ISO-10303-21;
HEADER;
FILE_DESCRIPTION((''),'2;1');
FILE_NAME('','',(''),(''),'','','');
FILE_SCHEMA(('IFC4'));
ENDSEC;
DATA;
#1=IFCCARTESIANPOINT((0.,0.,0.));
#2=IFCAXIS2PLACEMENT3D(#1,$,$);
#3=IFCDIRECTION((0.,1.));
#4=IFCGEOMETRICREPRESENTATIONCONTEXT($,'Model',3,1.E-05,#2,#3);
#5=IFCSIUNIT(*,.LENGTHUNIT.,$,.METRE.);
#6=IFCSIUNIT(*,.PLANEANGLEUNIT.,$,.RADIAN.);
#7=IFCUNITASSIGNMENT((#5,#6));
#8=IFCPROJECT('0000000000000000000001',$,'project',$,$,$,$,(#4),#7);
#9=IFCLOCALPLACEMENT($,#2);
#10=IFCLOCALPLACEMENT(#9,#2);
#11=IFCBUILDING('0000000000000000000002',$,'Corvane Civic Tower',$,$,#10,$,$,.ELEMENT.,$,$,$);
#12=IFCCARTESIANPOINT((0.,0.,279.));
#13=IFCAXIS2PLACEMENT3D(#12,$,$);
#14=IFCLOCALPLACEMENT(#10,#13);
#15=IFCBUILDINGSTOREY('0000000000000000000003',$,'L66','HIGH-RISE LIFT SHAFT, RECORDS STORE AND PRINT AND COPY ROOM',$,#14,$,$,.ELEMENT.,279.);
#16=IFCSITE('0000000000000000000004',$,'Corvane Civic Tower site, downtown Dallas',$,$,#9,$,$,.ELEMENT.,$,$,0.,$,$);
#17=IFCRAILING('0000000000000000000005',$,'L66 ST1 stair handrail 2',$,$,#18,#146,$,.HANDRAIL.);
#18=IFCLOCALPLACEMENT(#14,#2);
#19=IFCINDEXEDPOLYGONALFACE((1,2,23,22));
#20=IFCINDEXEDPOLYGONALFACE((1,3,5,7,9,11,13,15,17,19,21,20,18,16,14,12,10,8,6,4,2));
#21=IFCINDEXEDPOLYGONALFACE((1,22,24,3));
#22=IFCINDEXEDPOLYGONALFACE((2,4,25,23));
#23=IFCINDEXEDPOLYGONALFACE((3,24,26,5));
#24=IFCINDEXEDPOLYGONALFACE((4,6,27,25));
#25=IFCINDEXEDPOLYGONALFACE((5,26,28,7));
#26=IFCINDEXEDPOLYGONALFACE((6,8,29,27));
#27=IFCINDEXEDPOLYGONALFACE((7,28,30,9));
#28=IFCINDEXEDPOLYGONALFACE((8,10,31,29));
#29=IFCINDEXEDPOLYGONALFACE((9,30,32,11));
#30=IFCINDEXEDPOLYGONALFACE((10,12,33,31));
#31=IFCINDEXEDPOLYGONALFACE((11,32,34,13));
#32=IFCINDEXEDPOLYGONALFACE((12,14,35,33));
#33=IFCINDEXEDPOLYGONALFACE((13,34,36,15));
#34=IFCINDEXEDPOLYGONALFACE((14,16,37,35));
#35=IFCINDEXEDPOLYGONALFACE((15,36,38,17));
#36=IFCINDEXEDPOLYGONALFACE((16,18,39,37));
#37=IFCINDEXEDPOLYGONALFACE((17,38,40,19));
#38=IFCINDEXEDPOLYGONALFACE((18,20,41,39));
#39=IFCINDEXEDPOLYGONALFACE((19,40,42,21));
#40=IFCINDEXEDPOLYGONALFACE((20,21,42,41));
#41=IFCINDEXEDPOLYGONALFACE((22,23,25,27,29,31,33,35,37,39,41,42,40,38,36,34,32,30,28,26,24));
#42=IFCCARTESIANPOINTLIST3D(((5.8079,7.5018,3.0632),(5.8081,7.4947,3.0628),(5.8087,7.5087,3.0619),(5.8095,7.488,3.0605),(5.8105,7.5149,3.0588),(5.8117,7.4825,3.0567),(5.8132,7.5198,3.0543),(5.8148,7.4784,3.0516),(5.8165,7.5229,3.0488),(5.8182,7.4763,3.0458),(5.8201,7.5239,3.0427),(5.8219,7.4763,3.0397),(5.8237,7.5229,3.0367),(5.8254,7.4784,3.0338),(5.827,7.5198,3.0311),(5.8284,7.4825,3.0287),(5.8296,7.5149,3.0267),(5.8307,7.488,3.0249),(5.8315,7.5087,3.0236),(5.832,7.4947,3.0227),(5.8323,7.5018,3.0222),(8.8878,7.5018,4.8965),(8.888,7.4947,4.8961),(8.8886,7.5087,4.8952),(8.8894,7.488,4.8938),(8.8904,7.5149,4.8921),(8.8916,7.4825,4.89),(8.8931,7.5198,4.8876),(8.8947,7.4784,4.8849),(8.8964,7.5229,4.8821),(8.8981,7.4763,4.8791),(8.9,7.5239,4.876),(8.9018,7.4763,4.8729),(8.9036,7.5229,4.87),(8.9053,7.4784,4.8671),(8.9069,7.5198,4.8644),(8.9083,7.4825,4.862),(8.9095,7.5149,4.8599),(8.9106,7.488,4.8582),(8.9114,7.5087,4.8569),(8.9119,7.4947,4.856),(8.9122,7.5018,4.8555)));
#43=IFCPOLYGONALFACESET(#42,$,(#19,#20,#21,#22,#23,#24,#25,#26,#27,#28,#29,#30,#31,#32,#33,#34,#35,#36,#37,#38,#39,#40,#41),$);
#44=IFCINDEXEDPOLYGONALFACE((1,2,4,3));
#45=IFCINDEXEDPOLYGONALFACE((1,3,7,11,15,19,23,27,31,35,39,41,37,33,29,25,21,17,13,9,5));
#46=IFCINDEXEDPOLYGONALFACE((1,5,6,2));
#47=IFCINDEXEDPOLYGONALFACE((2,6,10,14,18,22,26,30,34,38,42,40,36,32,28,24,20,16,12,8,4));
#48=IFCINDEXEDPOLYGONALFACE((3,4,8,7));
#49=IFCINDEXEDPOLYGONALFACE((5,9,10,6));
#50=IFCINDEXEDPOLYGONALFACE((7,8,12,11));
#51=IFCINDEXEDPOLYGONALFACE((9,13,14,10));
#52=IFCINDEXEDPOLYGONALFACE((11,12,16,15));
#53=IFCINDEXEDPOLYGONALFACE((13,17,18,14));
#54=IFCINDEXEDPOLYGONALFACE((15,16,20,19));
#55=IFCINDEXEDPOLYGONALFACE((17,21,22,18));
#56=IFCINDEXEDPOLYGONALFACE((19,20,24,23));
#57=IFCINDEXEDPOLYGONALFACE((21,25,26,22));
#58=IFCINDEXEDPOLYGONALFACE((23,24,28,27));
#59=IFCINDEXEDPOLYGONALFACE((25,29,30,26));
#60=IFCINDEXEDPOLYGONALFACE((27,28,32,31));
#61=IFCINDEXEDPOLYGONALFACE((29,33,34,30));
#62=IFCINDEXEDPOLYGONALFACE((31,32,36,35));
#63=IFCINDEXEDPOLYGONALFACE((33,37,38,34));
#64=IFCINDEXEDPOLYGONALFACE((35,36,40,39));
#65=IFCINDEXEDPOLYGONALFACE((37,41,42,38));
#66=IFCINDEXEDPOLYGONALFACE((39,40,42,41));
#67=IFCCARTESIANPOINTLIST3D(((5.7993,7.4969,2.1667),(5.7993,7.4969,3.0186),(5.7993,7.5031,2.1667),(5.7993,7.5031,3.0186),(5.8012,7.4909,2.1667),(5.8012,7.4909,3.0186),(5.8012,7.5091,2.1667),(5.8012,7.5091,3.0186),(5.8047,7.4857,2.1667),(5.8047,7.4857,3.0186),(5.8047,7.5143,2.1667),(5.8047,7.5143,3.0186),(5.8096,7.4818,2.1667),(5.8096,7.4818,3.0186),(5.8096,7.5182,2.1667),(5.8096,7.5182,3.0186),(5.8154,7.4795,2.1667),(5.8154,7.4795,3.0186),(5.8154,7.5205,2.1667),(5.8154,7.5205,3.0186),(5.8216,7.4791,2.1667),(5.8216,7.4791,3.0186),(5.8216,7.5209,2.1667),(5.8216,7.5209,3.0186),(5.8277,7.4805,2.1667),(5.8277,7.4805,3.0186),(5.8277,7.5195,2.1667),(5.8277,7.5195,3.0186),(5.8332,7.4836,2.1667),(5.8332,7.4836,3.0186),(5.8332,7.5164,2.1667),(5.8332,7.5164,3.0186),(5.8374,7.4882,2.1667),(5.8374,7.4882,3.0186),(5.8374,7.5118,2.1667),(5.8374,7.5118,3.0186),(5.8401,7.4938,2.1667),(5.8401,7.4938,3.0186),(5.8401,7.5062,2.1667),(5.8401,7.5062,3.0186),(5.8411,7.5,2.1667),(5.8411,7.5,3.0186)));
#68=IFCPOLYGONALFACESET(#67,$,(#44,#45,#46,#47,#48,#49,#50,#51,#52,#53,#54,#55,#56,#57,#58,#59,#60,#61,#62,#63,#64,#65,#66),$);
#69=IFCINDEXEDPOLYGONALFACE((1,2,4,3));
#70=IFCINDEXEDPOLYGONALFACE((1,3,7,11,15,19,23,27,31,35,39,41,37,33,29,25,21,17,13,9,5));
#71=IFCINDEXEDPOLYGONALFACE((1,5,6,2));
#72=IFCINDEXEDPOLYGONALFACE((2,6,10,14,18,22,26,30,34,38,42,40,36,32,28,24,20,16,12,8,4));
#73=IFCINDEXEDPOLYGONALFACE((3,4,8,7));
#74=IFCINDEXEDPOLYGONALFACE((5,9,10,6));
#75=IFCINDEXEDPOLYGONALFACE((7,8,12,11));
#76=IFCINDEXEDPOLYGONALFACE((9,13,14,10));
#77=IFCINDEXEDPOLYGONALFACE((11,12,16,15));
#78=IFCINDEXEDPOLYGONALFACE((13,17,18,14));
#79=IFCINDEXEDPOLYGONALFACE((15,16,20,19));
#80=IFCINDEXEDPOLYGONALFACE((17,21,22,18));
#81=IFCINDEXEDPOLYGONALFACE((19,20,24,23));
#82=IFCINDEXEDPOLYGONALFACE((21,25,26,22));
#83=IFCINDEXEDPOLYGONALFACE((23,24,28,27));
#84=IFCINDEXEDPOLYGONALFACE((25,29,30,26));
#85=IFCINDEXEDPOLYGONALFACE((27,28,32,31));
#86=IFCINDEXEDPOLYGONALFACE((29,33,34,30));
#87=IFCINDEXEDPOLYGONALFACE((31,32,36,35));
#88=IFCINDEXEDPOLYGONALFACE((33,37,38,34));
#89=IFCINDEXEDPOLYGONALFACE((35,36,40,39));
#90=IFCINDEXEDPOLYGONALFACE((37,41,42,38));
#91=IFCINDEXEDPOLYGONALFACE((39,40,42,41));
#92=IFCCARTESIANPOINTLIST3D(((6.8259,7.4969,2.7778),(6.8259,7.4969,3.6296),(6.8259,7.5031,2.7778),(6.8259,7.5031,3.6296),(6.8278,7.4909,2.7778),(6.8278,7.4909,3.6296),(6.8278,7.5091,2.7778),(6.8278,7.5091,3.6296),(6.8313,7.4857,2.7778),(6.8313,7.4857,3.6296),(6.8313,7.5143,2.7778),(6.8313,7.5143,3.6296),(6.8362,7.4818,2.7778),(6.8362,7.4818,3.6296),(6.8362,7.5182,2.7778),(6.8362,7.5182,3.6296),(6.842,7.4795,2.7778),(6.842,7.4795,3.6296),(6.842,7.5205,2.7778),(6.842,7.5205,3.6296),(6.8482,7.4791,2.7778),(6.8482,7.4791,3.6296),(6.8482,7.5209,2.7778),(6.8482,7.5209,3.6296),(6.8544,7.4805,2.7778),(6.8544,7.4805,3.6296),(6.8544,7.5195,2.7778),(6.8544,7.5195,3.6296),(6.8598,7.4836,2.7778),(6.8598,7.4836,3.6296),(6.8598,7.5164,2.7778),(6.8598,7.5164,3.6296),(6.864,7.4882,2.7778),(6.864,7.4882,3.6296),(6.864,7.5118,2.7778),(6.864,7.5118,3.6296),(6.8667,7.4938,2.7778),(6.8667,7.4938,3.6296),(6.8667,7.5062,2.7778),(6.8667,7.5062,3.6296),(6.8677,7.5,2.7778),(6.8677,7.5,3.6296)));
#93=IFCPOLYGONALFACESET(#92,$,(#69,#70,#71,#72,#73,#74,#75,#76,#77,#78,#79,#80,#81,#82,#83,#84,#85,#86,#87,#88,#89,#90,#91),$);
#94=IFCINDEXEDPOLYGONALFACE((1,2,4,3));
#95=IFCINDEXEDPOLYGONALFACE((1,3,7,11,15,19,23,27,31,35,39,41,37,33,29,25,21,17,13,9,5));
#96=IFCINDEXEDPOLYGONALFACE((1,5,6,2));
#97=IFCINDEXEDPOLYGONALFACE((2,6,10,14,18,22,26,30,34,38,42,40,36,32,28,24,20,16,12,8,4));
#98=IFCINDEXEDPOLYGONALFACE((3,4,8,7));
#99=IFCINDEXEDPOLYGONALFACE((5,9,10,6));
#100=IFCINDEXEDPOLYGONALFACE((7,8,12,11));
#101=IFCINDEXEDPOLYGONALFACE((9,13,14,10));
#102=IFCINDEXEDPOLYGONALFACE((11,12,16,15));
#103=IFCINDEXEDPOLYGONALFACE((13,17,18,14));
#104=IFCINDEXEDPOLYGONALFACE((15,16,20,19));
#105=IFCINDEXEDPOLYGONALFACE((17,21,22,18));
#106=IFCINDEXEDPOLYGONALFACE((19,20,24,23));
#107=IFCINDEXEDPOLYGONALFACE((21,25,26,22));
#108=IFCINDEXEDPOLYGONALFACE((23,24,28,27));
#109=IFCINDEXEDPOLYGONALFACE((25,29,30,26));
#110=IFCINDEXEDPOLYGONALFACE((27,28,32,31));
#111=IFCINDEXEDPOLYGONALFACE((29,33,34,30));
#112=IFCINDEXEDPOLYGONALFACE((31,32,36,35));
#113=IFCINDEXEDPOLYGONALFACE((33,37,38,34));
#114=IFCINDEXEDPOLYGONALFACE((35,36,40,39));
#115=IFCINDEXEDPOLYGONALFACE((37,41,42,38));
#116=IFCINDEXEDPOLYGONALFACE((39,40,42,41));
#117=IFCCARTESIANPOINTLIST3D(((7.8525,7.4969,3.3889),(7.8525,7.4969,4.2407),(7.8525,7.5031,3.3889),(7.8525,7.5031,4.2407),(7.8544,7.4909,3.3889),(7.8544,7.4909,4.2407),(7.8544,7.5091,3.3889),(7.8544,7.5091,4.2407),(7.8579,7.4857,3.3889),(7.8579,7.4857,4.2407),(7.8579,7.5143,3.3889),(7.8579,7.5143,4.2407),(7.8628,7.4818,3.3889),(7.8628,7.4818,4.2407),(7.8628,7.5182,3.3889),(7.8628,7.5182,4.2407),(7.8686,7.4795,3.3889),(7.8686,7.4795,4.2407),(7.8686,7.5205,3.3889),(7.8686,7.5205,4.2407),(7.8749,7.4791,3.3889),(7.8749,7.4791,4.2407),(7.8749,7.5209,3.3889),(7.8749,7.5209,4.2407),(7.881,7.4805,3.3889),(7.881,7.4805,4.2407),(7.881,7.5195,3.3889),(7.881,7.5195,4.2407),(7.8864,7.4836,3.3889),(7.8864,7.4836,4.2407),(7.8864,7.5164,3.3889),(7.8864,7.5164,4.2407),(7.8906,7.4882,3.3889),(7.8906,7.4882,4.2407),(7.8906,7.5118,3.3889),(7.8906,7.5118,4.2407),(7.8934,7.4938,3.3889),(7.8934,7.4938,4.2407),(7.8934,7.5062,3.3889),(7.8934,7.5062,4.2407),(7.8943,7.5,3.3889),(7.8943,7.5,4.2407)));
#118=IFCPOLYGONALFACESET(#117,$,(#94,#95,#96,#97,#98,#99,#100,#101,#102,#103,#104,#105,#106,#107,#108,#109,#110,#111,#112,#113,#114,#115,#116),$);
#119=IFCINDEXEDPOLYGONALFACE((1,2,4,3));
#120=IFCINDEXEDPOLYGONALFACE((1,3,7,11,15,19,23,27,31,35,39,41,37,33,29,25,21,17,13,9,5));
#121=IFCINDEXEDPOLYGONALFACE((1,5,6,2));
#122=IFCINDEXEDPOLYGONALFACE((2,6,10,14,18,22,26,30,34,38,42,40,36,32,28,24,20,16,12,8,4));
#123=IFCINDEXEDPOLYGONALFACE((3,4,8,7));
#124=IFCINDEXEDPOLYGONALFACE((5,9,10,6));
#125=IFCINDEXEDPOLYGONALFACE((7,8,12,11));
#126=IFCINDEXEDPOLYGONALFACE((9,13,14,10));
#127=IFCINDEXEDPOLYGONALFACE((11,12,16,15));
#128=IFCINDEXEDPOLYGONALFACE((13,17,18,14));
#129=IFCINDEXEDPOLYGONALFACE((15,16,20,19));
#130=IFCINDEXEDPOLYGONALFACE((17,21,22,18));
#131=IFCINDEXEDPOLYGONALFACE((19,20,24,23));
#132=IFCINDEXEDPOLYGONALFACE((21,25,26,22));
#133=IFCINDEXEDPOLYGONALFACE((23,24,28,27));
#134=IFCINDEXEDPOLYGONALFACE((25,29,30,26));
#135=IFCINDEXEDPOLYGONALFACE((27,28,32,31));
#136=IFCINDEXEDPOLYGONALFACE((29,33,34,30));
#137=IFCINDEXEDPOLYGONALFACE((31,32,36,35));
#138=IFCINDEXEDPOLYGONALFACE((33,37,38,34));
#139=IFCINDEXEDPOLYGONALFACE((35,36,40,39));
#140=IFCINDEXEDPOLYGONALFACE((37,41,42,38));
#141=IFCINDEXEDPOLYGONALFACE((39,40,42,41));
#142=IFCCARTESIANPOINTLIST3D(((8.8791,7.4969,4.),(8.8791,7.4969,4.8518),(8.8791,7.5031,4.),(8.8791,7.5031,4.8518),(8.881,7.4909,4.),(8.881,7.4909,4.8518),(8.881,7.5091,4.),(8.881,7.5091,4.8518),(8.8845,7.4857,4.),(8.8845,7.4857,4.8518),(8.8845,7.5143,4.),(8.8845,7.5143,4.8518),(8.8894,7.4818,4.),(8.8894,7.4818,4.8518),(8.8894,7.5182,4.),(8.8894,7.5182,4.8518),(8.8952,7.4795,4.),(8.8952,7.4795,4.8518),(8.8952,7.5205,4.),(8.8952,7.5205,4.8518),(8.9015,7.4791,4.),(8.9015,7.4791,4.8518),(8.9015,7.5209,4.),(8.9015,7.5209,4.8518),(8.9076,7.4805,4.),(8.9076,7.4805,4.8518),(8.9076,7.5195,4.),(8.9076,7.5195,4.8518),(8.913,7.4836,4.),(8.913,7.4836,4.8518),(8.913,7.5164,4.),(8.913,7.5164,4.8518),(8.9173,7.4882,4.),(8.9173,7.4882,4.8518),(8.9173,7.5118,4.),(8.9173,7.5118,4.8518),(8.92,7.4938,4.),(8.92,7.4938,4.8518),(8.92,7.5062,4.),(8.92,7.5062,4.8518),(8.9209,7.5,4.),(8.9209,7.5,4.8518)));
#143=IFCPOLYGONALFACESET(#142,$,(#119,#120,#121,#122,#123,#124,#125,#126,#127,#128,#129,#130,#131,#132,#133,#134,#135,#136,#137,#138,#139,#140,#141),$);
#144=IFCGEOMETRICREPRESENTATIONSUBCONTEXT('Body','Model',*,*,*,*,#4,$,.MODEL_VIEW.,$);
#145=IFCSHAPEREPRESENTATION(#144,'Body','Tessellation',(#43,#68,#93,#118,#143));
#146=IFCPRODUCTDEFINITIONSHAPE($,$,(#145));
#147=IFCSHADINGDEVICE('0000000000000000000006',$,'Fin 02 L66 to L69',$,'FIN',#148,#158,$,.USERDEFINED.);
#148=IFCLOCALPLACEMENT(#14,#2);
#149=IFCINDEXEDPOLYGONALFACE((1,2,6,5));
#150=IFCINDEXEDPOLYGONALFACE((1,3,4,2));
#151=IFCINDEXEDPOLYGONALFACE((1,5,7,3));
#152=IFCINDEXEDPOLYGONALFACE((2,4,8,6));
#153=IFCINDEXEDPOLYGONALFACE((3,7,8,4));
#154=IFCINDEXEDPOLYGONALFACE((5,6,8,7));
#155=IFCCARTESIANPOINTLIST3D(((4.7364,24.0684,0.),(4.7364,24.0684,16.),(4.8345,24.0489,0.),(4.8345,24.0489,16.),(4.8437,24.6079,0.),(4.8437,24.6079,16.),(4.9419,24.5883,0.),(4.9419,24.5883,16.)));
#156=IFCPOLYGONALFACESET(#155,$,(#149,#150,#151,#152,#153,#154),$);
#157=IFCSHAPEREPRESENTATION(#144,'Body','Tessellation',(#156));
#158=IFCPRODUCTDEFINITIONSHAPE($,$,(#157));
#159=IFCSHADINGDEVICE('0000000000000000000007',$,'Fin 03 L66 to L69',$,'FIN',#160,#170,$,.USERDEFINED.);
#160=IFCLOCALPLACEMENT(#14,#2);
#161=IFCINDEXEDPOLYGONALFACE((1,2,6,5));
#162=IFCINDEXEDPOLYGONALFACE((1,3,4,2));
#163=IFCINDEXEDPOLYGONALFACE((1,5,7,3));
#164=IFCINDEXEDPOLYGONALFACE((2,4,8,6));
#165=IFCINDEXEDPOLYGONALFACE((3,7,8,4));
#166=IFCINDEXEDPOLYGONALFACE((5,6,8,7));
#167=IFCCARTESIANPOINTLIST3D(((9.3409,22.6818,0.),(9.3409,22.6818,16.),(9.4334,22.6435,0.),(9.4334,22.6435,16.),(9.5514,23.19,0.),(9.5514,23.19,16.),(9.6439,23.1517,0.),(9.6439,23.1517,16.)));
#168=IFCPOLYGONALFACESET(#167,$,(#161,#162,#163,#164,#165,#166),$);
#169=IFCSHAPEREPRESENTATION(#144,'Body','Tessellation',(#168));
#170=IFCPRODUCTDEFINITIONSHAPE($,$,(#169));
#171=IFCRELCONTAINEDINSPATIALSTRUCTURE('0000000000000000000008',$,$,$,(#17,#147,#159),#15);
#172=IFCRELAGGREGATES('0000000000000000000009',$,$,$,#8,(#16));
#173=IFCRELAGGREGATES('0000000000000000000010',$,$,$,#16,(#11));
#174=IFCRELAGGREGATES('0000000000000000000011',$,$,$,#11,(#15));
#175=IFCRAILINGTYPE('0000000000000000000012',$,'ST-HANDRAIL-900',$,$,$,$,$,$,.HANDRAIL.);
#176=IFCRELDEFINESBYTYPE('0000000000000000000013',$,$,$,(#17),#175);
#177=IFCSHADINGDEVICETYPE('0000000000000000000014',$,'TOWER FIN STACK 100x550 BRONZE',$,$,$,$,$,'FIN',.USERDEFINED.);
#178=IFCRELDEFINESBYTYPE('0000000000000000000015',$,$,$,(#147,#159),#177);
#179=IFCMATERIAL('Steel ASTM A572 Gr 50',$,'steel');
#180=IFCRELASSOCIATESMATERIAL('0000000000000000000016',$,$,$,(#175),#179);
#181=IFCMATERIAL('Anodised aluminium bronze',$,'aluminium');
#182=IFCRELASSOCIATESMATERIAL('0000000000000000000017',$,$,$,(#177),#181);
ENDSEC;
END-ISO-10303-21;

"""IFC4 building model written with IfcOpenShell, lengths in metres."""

from ifc_helpers import new_model, si_unit, direction, frame, origin, origin_2d, place, context, subcontext, project, spatial, rectangle, circle, extrude, material, material_profile, profile_set, type_object, element, save


model = new_model("IFC4")

# Units and contexts
model_context = context("Model", 3, precision=1e-05, world=origin(), true_north=direction((0.0, 1.0)))
body_context = subcontext(model_context, "Body", "Model", "MODEL_VIEW")
ifc_project = project(units=[si_unit("LENGTHUNIT", "METRE"), si_unit("PLANEANGLEUNIT", "RADIAN")], contexts=[model_context])

# Site, building, storey
site_placement = place(None, origin())
site = spatial("IfcSite", under=ifc_project, at=site_placement, Name="Corvane Civic Tower site, downtown Dallas", CompositionType="ELEMENT", RefElevation=0.0)
building_placement = place(site_placement, origin())
building = spatial("IfcBuilding", under=site, at=building_placement, Name="Corvane Civic Tower", CompositionType="ELEMENT")
storey_placement = place(building_placement, frame((0.0, 0.0, 279.0)))
storey = spatial("IfcBuildingStorey", under=building, at=storey_placement, Name="L66", Description="HIGH-RISE LIFT SHAFT, RECORDS STORE AND PRINT AND COPY ROOM", CompositionType="ELEMENT", Elevation=279.0)

# Railing
ifc_material_1 = material(Name="Steel ASTM A572 Gr 50", Category="steel")
railing_type_1 = type_object("IfcRailingType", Name="ST-HANDRAIL-900", PredefinedType="HANDRAIL", material=ifc_material_1)
railing_1_placement = place(storey_placement, frame((5.8201, 7.5, 2.1667)))
element("IfcRailing", 1, at=railing_1_placement, inside=storey, type_object=railing_type_1, Name="L66 ST1 stair handrail 2", PredefinedType="HANDRAIL", context=body_context, shape_type="SweptSolid", body=[
    extrude(circle(Radius=0.0239, at=origin_2d()), frame((0.0, 0.0, 0.876), z_axis=(0.859291, 0.0, 0.511487), x_axis=(0.0, 1.0, 0.0)), (0.0, 0.0, 1.0), 3.5842),
    extrude(circle(Radius=0.021, at=origin_2d()), origin(), (0.0, 0.0, 1.0), 0.8518),
    extrude(circle(Radius=0.021, at=origin_2d()), frame((1.0266, 0.0, 0.6111)), (0.0, 0.0, 1.0), 0.8518),
    extrude(circle(Radius=0.021, at=origin_2d()), frame((2.0532, 0.0, 1.2222)), (0.0, 0.0, 1.0), 0.8518),
    extrude(circle(Radius=0.021, at=origin_2d()), frame((3.0798, 0.0, 1.8333)), (0.0, 0.0, 1.0), 0.8518),
])

# Shading devices
ifc_material_2 = material(Name="Anodised aluminium bronze", Category="aluminium")
ifc_material_profile_1 = material_profile(ifc_material_2, rectangle(XDim=0.1001, YDim=0.55, at=origin_2d()), Name="TOWER FIN STACK 100x550 BRONZE")
ifc_profile_set_1 = profile_set([ifc_material_profile_1], Name="Anodised aluminium bronze")
shading_device_type = type_object("IfcShadingDeviceType", Name="TOWER FIN STACK 100x550 BRONZE", ElementType="FIN", PredefinedType="USERDEFINED", material=ifc_profile_set_1)
for number, where, z_axis, x_axis, name in (
    (2, (4.8391, 24.3284, 0.0), (0.0, 0.0, 1.0), (0.980785, -0.19509, 0.0), "Fin 02 L66 to L69"),
    (3, (9.4924, 22.9167, 0.0), (0.0, 0.0, 1.0), (0.92388, -0.382683, 0.0), "Fin 03 L66 to L69"),
):
    element("IfcShadingDevice", number, at=place(storey_placement, frame(where, z_axis=z_axis, x_axis=x_axis)), inside=storey, type_object=shading_device_type, Name=name, ObjectType="FIN", PredefinedType="USERDEFINED", context=body_context, shape_type="SweptSolid", body=[
        extrude(rectangle(XDim=0.1001, YDim=0.55, at=origin_2d()), origin(), (0.0, 0.0, 1.0), 16.0),
    ])

save(model, "model.ifc")
